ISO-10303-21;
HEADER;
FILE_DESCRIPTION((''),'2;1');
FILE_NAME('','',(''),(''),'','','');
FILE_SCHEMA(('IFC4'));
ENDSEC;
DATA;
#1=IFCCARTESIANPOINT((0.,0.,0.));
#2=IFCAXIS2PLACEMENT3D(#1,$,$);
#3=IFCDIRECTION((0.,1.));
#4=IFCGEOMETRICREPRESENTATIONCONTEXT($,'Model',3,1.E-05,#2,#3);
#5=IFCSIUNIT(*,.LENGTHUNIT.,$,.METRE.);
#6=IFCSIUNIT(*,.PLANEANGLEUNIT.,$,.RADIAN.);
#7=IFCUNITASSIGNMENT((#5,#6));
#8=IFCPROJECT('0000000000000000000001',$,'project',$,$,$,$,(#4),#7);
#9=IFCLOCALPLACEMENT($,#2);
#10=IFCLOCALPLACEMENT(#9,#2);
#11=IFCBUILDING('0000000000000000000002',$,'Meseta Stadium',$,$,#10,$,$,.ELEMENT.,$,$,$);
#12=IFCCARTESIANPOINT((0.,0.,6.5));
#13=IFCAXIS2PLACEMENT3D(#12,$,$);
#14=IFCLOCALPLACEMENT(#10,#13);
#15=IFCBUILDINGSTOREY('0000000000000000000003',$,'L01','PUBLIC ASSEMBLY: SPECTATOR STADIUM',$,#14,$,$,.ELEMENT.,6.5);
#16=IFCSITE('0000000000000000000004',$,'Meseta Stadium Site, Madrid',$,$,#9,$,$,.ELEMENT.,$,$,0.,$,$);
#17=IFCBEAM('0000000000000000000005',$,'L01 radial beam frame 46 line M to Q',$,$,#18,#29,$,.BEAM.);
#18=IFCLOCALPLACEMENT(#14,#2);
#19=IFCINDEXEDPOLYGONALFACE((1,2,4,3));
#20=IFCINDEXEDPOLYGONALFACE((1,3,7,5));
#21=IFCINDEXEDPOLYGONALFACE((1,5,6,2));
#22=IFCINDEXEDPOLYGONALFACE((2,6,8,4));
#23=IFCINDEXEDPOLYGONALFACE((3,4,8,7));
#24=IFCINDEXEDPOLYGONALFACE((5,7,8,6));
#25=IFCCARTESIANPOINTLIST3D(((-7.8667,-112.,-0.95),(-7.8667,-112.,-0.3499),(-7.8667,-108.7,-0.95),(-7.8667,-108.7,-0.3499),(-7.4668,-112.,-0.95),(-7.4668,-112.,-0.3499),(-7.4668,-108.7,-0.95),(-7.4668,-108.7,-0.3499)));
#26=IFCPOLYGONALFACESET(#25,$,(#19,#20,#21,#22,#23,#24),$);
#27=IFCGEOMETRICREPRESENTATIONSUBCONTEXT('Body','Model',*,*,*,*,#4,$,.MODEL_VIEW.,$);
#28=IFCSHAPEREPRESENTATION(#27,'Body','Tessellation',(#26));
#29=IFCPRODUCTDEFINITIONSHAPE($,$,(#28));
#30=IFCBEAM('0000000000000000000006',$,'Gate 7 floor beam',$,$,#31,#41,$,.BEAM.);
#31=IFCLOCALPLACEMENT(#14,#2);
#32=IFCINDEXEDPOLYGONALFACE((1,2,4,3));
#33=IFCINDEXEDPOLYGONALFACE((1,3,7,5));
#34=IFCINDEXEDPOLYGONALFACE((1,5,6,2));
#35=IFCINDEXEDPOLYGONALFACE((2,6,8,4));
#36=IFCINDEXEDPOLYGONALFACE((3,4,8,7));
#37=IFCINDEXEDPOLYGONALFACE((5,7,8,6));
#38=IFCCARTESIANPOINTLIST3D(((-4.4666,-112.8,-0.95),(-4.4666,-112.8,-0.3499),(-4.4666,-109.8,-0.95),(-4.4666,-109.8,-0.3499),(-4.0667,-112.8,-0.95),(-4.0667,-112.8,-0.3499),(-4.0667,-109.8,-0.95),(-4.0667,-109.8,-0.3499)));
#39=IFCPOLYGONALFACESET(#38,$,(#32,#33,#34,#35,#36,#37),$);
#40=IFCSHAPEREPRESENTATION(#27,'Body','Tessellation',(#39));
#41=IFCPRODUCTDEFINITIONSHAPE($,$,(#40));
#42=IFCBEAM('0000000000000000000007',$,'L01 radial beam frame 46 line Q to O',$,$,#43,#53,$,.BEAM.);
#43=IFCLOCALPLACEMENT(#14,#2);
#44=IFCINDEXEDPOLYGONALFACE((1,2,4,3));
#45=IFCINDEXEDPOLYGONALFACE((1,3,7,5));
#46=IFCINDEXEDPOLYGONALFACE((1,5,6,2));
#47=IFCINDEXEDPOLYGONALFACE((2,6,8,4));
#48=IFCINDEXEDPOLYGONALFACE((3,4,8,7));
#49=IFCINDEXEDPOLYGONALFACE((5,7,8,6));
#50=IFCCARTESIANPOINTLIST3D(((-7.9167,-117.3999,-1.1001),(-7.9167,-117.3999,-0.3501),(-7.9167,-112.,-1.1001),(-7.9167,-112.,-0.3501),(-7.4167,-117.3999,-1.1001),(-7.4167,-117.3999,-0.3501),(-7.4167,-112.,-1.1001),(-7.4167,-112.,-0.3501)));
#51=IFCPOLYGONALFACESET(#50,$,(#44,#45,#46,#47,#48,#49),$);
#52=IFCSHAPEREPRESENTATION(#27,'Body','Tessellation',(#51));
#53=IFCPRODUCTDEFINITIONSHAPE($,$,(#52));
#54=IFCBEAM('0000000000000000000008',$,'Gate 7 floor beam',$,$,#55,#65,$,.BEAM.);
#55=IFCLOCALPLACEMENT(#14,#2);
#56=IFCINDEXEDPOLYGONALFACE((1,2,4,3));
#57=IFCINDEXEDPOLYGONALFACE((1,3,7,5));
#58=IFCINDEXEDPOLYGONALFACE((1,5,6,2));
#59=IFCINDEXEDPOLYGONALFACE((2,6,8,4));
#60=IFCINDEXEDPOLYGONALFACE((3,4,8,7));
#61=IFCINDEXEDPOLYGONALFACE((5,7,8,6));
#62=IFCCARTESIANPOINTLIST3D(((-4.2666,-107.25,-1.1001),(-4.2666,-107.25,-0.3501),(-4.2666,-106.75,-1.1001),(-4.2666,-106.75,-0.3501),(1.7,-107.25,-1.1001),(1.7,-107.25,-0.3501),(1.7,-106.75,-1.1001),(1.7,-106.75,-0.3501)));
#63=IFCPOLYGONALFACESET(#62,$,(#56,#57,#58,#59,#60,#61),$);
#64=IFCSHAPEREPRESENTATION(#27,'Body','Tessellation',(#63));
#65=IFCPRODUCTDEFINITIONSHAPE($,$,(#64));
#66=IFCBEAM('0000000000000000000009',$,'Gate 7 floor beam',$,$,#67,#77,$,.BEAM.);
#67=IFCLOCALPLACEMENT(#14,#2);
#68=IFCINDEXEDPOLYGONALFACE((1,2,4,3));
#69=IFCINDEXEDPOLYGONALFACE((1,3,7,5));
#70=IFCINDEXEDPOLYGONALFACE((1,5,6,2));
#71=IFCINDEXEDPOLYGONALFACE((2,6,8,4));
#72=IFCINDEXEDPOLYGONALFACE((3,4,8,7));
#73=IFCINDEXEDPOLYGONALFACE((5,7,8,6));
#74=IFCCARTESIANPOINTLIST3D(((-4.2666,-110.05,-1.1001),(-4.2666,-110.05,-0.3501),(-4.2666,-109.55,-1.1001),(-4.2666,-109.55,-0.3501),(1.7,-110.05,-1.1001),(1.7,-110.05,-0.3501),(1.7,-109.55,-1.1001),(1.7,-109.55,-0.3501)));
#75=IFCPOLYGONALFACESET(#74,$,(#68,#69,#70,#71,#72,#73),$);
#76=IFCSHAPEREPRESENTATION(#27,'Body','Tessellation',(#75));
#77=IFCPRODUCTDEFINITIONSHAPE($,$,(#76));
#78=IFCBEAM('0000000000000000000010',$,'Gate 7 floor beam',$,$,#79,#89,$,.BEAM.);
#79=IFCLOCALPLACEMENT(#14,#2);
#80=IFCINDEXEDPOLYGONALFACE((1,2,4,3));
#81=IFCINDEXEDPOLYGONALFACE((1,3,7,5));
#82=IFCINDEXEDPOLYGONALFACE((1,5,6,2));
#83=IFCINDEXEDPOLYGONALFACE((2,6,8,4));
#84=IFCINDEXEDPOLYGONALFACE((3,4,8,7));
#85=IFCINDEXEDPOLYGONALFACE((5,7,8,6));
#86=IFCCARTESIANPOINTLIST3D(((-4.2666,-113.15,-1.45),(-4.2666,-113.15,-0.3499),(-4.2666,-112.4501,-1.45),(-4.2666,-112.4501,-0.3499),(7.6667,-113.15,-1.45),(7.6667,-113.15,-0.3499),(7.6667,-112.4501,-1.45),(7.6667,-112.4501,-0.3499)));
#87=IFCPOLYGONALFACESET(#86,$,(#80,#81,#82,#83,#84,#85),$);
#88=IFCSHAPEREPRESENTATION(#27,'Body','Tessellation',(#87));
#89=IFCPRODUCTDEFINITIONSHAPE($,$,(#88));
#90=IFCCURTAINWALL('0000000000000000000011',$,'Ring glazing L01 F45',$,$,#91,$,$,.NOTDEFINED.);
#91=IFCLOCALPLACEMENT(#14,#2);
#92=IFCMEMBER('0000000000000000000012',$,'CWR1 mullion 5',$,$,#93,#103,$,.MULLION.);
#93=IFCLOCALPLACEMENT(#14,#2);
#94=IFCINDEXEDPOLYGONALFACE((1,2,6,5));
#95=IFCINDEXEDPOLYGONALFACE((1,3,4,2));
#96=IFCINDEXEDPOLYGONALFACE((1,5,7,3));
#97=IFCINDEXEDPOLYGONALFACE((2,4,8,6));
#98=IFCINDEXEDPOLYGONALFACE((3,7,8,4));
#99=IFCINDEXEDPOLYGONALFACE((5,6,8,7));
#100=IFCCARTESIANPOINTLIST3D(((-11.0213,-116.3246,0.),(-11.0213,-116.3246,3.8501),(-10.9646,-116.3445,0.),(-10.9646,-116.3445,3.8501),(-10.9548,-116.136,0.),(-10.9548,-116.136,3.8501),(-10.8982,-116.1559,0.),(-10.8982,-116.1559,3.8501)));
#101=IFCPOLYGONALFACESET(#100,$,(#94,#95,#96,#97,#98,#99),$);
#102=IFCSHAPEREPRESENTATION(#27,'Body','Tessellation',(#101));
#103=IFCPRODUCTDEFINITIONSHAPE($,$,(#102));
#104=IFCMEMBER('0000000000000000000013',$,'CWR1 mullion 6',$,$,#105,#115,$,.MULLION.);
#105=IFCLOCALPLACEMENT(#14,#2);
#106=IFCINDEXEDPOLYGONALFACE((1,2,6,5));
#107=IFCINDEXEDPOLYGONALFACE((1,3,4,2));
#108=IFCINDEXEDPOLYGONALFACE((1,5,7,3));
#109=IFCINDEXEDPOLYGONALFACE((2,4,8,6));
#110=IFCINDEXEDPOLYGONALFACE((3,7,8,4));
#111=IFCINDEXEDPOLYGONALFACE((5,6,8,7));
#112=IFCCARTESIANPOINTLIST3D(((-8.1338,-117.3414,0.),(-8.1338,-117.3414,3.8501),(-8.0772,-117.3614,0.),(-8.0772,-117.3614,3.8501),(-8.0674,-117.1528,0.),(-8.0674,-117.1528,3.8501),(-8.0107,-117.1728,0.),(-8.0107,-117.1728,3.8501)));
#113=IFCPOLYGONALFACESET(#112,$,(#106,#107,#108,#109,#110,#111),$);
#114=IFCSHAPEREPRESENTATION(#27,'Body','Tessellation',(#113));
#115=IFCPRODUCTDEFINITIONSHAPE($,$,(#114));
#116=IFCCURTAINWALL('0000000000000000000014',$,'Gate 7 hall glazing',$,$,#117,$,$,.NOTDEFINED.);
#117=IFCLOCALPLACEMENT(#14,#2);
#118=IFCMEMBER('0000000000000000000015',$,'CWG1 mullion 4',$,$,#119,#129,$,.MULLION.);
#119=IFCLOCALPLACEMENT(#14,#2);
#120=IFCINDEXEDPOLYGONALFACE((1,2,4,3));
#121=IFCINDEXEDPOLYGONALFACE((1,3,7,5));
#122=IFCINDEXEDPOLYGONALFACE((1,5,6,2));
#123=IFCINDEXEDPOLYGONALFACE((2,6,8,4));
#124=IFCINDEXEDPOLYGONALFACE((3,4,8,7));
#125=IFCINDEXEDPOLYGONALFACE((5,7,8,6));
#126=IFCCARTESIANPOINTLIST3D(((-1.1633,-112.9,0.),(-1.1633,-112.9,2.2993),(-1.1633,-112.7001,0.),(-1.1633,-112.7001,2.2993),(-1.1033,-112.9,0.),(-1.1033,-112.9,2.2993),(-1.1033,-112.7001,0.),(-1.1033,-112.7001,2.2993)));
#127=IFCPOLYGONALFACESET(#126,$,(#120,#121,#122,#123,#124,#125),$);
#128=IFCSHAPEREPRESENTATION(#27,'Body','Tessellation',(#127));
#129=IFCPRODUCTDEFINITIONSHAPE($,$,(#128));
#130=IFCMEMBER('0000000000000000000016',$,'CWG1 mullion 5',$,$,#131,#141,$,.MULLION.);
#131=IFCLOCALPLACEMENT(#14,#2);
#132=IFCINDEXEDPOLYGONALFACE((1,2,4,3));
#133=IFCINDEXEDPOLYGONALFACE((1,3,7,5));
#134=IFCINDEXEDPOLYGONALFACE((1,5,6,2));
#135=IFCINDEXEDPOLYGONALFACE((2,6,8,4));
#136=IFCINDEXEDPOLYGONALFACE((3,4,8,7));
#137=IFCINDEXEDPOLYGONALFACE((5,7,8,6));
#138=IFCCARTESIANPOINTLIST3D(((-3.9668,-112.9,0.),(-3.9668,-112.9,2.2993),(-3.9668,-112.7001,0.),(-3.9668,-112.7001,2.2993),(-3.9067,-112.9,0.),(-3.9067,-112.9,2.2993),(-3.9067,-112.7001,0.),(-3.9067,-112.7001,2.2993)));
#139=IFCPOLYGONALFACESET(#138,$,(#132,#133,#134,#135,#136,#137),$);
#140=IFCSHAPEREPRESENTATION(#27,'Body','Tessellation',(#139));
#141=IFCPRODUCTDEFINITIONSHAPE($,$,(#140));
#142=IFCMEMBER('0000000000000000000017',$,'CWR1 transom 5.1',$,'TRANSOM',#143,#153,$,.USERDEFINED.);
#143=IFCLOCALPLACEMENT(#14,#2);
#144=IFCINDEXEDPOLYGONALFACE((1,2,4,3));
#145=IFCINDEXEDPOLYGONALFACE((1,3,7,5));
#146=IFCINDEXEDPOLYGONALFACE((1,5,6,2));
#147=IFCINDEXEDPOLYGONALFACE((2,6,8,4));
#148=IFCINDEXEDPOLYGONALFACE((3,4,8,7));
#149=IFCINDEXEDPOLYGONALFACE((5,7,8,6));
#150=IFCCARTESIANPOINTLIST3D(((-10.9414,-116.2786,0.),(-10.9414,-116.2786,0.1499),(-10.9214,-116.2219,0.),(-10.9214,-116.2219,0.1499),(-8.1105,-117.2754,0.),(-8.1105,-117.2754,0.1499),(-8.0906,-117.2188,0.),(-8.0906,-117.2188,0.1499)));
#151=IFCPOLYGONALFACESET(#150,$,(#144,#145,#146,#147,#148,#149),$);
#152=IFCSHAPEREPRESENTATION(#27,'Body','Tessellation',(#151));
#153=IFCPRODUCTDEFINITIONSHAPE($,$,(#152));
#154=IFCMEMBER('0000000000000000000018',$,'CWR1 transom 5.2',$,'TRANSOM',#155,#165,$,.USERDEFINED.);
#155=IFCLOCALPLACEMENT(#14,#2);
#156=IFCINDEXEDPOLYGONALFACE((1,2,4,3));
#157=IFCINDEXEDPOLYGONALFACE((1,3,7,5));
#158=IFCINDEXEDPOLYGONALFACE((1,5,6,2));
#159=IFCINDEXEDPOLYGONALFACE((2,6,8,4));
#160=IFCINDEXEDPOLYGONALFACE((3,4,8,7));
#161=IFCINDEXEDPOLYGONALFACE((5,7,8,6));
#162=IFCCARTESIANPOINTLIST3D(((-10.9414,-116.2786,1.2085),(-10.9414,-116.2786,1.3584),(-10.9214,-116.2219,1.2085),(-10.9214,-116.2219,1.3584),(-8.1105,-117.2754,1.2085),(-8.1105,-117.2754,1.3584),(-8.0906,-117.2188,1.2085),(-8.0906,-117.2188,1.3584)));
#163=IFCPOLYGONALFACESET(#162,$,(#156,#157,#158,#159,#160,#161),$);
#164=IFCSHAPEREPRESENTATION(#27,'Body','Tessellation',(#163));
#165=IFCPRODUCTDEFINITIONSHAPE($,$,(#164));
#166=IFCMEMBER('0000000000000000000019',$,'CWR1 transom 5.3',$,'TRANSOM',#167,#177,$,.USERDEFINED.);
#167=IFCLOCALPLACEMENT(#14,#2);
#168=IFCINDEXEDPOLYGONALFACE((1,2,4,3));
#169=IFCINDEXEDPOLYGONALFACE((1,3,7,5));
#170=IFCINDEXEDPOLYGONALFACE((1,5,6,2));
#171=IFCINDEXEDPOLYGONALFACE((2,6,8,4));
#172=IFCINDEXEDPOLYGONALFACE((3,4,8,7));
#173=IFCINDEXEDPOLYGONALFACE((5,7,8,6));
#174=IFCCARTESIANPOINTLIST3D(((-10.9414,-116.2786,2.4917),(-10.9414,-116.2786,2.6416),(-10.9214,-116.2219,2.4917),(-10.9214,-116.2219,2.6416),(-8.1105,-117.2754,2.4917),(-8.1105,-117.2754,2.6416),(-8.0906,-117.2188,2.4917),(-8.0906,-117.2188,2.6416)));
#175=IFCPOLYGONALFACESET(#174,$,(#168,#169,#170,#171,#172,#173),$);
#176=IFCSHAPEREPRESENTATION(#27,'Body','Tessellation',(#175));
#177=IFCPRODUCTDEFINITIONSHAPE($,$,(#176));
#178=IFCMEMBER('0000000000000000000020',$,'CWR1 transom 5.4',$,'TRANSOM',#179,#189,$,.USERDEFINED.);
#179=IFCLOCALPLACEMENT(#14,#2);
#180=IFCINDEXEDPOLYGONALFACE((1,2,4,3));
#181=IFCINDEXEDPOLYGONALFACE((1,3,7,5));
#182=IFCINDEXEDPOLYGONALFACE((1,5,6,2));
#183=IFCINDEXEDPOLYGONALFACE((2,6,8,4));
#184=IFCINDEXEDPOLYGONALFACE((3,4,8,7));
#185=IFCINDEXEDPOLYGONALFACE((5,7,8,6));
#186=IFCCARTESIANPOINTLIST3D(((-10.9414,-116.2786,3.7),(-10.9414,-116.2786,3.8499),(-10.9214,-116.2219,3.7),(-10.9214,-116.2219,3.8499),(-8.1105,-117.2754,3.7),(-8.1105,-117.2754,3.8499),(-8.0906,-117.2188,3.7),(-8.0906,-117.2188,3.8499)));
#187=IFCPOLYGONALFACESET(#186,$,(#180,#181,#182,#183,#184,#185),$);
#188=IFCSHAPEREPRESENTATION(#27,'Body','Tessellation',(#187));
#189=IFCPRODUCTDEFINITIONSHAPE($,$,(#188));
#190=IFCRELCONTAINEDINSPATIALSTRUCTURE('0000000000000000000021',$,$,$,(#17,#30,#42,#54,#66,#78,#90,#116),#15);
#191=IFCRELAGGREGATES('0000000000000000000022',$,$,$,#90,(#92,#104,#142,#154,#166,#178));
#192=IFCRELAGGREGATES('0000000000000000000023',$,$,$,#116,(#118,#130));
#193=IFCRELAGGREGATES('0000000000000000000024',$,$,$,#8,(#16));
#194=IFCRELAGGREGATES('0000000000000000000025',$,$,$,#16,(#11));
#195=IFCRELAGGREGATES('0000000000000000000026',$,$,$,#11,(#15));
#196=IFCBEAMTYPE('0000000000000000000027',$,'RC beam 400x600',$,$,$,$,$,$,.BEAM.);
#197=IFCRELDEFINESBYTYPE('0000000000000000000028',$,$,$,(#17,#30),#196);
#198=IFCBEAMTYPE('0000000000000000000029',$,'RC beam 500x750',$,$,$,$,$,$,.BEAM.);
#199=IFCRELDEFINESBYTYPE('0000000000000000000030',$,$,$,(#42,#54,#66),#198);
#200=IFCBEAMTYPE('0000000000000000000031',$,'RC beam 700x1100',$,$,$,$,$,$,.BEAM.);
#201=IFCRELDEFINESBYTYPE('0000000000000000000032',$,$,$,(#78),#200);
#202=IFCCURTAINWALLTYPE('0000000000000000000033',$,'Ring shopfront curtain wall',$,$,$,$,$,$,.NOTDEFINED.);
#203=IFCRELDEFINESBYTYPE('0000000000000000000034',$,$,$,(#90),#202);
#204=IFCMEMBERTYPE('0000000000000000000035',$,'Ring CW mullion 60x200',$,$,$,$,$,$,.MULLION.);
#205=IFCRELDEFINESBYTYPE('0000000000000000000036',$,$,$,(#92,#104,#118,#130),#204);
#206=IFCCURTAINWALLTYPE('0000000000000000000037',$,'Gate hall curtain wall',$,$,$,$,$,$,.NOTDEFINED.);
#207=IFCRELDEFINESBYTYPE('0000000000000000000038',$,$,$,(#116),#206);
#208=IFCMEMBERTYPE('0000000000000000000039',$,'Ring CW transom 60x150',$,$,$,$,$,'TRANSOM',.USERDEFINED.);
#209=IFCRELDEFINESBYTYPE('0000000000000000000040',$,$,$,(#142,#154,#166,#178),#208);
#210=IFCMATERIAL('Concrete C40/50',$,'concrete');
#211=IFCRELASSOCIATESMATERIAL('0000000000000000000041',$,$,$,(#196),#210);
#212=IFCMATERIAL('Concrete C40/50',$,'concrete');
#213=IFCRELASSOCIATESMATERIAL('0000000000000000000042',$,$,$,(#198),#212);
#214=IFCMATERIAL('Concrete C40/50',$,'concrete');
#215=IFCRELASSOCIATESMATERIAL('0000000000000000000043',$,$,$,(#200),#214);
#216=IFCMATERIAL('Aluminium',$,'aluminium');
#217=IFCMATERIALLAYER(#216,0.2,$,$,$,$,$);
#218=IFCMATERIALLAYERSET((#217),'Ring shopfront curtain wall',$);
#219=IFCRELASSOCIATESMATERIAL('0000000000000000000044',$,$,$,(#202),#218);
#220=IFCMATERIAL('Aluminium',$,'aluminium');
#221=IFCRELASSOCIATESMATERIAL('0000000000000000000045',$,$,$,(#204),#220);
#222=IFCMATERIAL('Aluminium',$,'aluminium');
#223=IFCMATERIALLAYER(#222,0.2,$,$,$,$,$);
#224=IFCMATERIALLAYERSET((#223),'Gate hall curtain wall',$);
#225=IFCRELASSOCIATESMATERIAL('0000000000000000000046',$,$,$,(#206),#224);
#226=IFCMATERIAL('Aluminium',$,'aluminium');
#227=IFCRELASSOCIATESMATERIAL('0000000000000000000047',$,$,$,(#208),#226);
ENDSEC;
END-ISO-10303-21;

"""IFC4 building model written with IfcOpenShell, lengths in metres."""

from ifc_helpers import new_model, si_unit, direction, frame, origin, origin_2d, place, context, subcontext, project, spatial, rectangle, extrude, material, layer, layer_set, material_profile, profile_set, type_object, element, aggregate, save


model = new_model("IFC4")

# Units and contexts
model_context = context("Model", 3, precision=1e-05, world=origin(), true_north=direction((0.0, 1.0)))
body_context = subcontext(model_context, "Body", "Model", "MODEL_VIEW")
ifc_project = project(units=[si_unit("LENGTHUNIT", "METRE"), si_unit("PLANEANGLEUNIT", "RADIAN")], contexts=[model_context])

# Site, building, storey
site_placement = place(None, origin())
site = spatial("IfcSite", under=ifc_project, at=site_placement, Name="Meseta Stadium Site, Madrid", CompositionType="ELEMENT", RefElevation=0.0)
building_placement = place(site_placement, origin())
building = spatial("IfcBuilding", under=site, at=building_placement, Name="Meseta Stadium", CompositionType="ELEMENT")
storey_placement = place(building_placement, frame((0.0, 0.0, 6.5)))
storey = spatial("IfcBuildingStorey", under=building, at=storey_placement, Name="L01", Description="PUBLIC ASSEMBLY: SPECTATOR STADIUM", CompositionType="ELEMENT", Elevation=6.5)

# Beams
ifc_material_1 = material(Name="Concrete C40/50", Category="concrete")
ifc_material_profile_1 = material_profile(ifc_material_1, rectangle(XDim=0.3999, YDim=0.6001, at=origin_2d()), Name="RC 400x600")
ifc_profile_set_1 = profile_set([ifc_material_profile_1], Name="Concrete C40/50")
beam_type_1 = type_object("IfcBeamType", Name="RC beam 400x600", PredefinedType="BEAM", material=ifc_profile_set_1)
beam_1_placement = place(storey_placement, frame((-7.6667, -108.7, -0.6499), z_axis=(0.0, -1.0, 0.0), x_axis=(1.0, 0.0, 0.0)))
element("IfcBeam", 1, at=beam_1_placement, inside=storey, type_object=beam_type_1, Name="L01 radial beam frame 46 line M to Q", PredefinedType="BEAM", context=body_context, shape_type="SweptSolid", body=[
    extrude(rectangle(XDim=0.3999, YDim=0.6001, at=origin_2d()), origin(), (0.0, 0.0, 1.0), 3.3),
])
beam_2_placement = place(storey_placement, frame((-4.2666, -109.8, -0.6499), z_axis=(0.0, -1.0, 0.0), x_axis=(1.0, 0.0, 0.0)))
element("IfcBeam", 2, at=beam_2_placement, inside=storey, type_object=beam_type_1, Name="Gate 7 floor beam", PredefinedType="BEAM", context=body_context, shape_type="SweptSolid", body=[
    extrude(rectangle(XDim=0.3999, YDim=0.6001, at=origin_2d()), origin(), (0.0, 0.0, 1.0), 3.0),
])
ifc_material_2 = material(Name="Concrete C40/50", Category="concrete")
ifc_material_profile_2 = material_profile(ifc_material_2, rectangle(XDim=0.5, YDim=0.75, at=origin_2d()), Name="RC 500x750")
ifc_profile_set_2 = profile_set([ifc_material_profile_2], Name="Concrete C40/50")
beam_type_2 = type_object("IfcBeamType", Name="RC beam 500x750", PredefinedType="BEAM", material=ifc_profile_set_2)
beam_3_placement = place(storey_placement, frame((-7.6667, -112.0, -0.7251), z_axis=(0.0, -1.0, 0.0), x_axis=(1.0, 0.0, 0.0)))
element("IfcBeam", 3, at=beam_3_placement, inside=storey, type_object=beam_type_2, Name="L01 radial beam frame 46 line Q to O", PredefinedType="BEAM", context=body_context, shape_type="SweptSolid", body=[
    extrude(rectangle(XDim=0.5, YDim=0.75, at=origin_2d()), origin(), (0.0, 0.0, 1.0), 5.3999),
])
for number, where, z_axis, x_axis, name in (
    (4, (-4.2666, -107.0, -0.7251), (1.0, 0.0, 0.0), (0.0, 1.0, 0.0), "Gate 7 floor beam"),
    (5, (-4.2666, -109.8, -0.7251), (1.0, 0.0, 0.0), (0.0, 1.0, 0.0), "Gate 7 floor beam"),
):
    element("IfcBeam", number, at=place(storey_placement, frame(where, z_axis=z_axis, x_axis=x_axis)), inside=storey, type_object=beam_type_2, Name=name, PredefinedType="BEAM", context=body_context, shape_type="SweptSolid", body=[
        extrude(rectangle(XDim=0.5, YDim=0.75, at=origin_2d()), origin(), (0.0, 0.0, 1.0), 5.9666),
    ])
ifc_material_3 = material(Name="Concrete C40/50", Category="concrete")
ifc_material_profile_3 = material_profile(ifc_material_3, rectangle(XDim=0.7, YDim=1.1001, at=origin_2d()), Name="RC 700x1100")
ifc_profile_set_3 = profile_set([ifc_material_profile_3], Name="Concrete C40/50")
beam_type_3 = type_object("IfcBeamType", Name="RC beam 700x1100", PredefinedType="BEAM", material=ifc_profile_set_3)
beam_4_placement = place(storey_placement, frame((-4.2666, -112.8, -0.8999), z_axis=(1.0, 0.0, 0.0), x_axis=(0.0, 1.0, 0.0)))
element("IfcBeam", 6, at=beam_4_placement, inside=storey, type_object=beam_type_3, Name="Gate 7 floor beam", PredefinedType="BEAM", context=body_context, shape_type="SweptSolid", body=[
    extrude(rectangle(XDim=0.7, YDim=1.1001, at=origin_2d()), origin(), (0.0, 0.0, 1.0), 11.9333),
])

# Curtain walls, members
ifc_material_4 = material(Name="Aluminium", Category="aluminium")
ifc_layer_1 = layer(ifc_material_4, 0.2)
ifc_layer_set_1 = layer_set([ifc_layer_1], Name="Ring shopfront curtain wall")
curtain_wall_type_1 = type_object("IfcCurtainWallType", Name="Ring shopfront curtain wall", PredefinedType="NOTDEFINED", material=ifc_layer_set_1)
curtain_wall_1_placement = place(storey_placement, origin())
curtain_wall_1 = element("IfcCurtainWall", 7, at=curtain_wall_1_placement, inside=storey, type_object=curtain_wall_type_1, Name="Ring glazing L01 F45", PredefinedType="NOTDEFINED")
ifc_material_5 = material(Name="Aluminium", Category="aluminium")
ifc_material_profile_4 = material_profile(ifc_material_5, rectangle(XDim=0.2, YDim=0.0601, at=origin_2d()), Name="CW 200x60")
ifc_profile_set_4 = profile_set([ifc_material_profile_4], Name="Aluminium")
member_type_1 = type_object("IfcMemberType", Name="Ring CW mullion 60x200", PredefinedType="MULLION", material=ifc_profile_set_4)
member_1_placement = place(storey_placement, frame((-10.9597, -116.2402, 0.0), z_axis=(0.0, 0.0, 1.0), x_axis=(0.332174, 0.943218, 0.0)))
member_1 = element("IfcMember", 8, at=member_1_placement, type_object=member_type_1, Name="CWR1 mullion 5", PredefinedType="MULLION", context=body_context, shape_type="SweptSolid", body=[
    extrude(rectangle(XDim=0.2, YDim=0.0601, at=origin_2d()), origin(), (0.0, 0.0, 1.0), 3.8501),
])
member_2_placement = place(storey_placement, frame((-8.0723, -117.2571, 0.0), z_axis=(0.0, 0.0, 1.0), x_axis=(0.332174, 0.943218, 0.0)))
member_2 = element("IfcMember", 9, at=member_2_placement, type_object=member_type_1, Name="CWR1 mullion 6", PredefinedType="MULLION", context=body_context, shape_type="SweptSolid", body=[
    extrude(rectangle(XDim=0.2, YDim=0.0601, at=origin_2d()), origin(), (0.0, 0.0, 1.0), 3.8501),
])
ifc_material_6 = material(Name="Aluminium", Category="aluminium")
ifc_layer_2 = layer(ifc_material_6, 0.2)
ifc_layer_set_2 = layer_set([ifc_layer_2], Name="Gate hall curtain wall")
curtain_wall_type_2 = type_object("IfcCurtainWallType", Name="Gate hall curtain wall", PredefinedType="NOTDEFINED", material=ifc_layer_set_2)
curtain_wall_2_placement = place(storey_placement, origin())
curtain_wall_2 = element("IfcCurtainWall", 10, at=curtain_wall_2_placement, inside=storey, type_object=curtain_wall_type_2, Name="Gate 7 hall glazing", PredefinedType="NOTDEFINED")
member_3_placement = place(storey_placement, frame((-1.1333, -112.8, 0.0), z_axis=(0.0, 0.0, 1.0), x_axis=(0.0, -1.0, 0.0)))
member_3 = element("IfcMember", 11, at=member_3_placement, type_object=member_type_1, Name="CWG1 mullion 4", PredefinedType="MULLION", context=body_context, shape_type="SweptSolid", body=[
    extrude(rectangle(XDim=0.2, YDim=0.0601, at=origin_2d()), origin(), (0.0, 0.0, 1.0), 2.2993),
])
member_4_placement = place(storey_placement, frame((-3.9368, -112.8, 0.0), z_axis=(0.0, 0.0, 1.0), x_axis=(0.0, -1.0, 0.0)))
member_4 = element("IfcMember", 12, at=member_4_placement, type_object=member_type_1, Name="CWG1 mullion 5", PredefinedType="MULLION", context=body_context, shape_type="SweptSolid", body=[
    extrude(rectangle(XDim=0.2, YDim=0.0601, at=origin_2d()), origin(), (0.0, 0.0, 1.0), 2.2993),
])

# Members
ifc_material_7 = material(Name="Aluminium", Category="aluminium")
ifc_material_profile_5 = material_profile(ifc_material_7, rectangle(XDim=0.0601, YDim=0.1499, at=origin_2d()), Name="CW 60x150")
ifc_profile_set_5 = profile_set([ifc_material_profile_5], Name="Aluminium")
member_type_2 = type_object("IfcMemberType", Name="Ring CW transom 60x150", ElementType="TRANSOM", PredefinedType="USERDEFINED", material=ifc_profile_set_5)
member_5_placement = place(storey_placement, frame((-10.9314, -116.2502, 0.075), z_axis=(0.943229, -0.332143, 0.0), x_axis=(0.332143, 0.943229, 0.0)))
member_5 = element("IfcMember", 13, at=member_5_placement, type_object=member_type_2, Name="CWR1 transom 5.1", ObjectType="TRANSOM", PredefinedType="USERDEFINED", context=body_context, shape_type="SweptSolid", body=[
    extrude(rectangle(XDim=0.0601, YDim=0.1499, at=origin_2d()), origin(), (0.0, 0.0, 1.0), 3.0012),
])
member_6_placement = place(storey_placement, frame((-10.9314, -116.2502, 1.2834), z_axis=(0.943229, -0.332143, 0.0), x_axis=(0.332143, 0.943229, 0.0)))
member_6 = element("IfcMember", 14, at=member_6_placement, type_object=member_type_2, Name="CWR1 transom 5.2", ObjectType="TRANSOM", PredefinedType="USERDEFINED", context=body_context, shape_type="SweptSolid", body=[
    extrude(rectangle(XDim=0.0601, YDim=0.1499, at=origin_2d()), origin(), (0.0, 0.0, 1.0), 3.0012),
])
member_7_placement = place(storey_placement, frame((-10.9314, -116.2502, 2.5667), z_axis=(0.943229, -0.332143, 0.0), x_axis=(0.332143, 0.943229, 0.0)))
member_7 = element("IfcMember", 15, at=member_7_placement, type_object=member_type_2, Name="CWR1 transom 5.3", ObjectType="TRANSOM", PredefinedType="USERDEFINED", context=body_context, shape_type="SweptSolid", body=[
    extrude(rectangle(XDim=0.0601, YDim=0.1499, at=origin_2d()), origin(), (0.0, 0.0, 1.0), 3.0012),
])
member_8_placement = place(storey_placement, frame((-10.9314, -116.2502, 3.7749), z_axis=(0.943229, -0.332143, 0.0), x_axis=(0.332143, 0.943229, 0.0)))
member_8 = element("IfcMember", 16, at=member_8_placement, type_object=member_type_2, Name="CWR1 transom 5.4", ObjectType="TRANSOM", PredefinedType="USERDEFINED", context=body_context, shape_type="SweptSolid", body=[
    extrude(rectangle(XDim=0.0601, YDim=0.1499, at=origin_2d()), origin(), (0.0, 0.0, 1.0), 3.0012),
])

aggregate(curtain_wall_1, [member_1, member_2, member_5, member_6, member_7, member_8])
aggregate(curtain_wall_2, [member_3, member_4])

save(model, "model.ifc")
